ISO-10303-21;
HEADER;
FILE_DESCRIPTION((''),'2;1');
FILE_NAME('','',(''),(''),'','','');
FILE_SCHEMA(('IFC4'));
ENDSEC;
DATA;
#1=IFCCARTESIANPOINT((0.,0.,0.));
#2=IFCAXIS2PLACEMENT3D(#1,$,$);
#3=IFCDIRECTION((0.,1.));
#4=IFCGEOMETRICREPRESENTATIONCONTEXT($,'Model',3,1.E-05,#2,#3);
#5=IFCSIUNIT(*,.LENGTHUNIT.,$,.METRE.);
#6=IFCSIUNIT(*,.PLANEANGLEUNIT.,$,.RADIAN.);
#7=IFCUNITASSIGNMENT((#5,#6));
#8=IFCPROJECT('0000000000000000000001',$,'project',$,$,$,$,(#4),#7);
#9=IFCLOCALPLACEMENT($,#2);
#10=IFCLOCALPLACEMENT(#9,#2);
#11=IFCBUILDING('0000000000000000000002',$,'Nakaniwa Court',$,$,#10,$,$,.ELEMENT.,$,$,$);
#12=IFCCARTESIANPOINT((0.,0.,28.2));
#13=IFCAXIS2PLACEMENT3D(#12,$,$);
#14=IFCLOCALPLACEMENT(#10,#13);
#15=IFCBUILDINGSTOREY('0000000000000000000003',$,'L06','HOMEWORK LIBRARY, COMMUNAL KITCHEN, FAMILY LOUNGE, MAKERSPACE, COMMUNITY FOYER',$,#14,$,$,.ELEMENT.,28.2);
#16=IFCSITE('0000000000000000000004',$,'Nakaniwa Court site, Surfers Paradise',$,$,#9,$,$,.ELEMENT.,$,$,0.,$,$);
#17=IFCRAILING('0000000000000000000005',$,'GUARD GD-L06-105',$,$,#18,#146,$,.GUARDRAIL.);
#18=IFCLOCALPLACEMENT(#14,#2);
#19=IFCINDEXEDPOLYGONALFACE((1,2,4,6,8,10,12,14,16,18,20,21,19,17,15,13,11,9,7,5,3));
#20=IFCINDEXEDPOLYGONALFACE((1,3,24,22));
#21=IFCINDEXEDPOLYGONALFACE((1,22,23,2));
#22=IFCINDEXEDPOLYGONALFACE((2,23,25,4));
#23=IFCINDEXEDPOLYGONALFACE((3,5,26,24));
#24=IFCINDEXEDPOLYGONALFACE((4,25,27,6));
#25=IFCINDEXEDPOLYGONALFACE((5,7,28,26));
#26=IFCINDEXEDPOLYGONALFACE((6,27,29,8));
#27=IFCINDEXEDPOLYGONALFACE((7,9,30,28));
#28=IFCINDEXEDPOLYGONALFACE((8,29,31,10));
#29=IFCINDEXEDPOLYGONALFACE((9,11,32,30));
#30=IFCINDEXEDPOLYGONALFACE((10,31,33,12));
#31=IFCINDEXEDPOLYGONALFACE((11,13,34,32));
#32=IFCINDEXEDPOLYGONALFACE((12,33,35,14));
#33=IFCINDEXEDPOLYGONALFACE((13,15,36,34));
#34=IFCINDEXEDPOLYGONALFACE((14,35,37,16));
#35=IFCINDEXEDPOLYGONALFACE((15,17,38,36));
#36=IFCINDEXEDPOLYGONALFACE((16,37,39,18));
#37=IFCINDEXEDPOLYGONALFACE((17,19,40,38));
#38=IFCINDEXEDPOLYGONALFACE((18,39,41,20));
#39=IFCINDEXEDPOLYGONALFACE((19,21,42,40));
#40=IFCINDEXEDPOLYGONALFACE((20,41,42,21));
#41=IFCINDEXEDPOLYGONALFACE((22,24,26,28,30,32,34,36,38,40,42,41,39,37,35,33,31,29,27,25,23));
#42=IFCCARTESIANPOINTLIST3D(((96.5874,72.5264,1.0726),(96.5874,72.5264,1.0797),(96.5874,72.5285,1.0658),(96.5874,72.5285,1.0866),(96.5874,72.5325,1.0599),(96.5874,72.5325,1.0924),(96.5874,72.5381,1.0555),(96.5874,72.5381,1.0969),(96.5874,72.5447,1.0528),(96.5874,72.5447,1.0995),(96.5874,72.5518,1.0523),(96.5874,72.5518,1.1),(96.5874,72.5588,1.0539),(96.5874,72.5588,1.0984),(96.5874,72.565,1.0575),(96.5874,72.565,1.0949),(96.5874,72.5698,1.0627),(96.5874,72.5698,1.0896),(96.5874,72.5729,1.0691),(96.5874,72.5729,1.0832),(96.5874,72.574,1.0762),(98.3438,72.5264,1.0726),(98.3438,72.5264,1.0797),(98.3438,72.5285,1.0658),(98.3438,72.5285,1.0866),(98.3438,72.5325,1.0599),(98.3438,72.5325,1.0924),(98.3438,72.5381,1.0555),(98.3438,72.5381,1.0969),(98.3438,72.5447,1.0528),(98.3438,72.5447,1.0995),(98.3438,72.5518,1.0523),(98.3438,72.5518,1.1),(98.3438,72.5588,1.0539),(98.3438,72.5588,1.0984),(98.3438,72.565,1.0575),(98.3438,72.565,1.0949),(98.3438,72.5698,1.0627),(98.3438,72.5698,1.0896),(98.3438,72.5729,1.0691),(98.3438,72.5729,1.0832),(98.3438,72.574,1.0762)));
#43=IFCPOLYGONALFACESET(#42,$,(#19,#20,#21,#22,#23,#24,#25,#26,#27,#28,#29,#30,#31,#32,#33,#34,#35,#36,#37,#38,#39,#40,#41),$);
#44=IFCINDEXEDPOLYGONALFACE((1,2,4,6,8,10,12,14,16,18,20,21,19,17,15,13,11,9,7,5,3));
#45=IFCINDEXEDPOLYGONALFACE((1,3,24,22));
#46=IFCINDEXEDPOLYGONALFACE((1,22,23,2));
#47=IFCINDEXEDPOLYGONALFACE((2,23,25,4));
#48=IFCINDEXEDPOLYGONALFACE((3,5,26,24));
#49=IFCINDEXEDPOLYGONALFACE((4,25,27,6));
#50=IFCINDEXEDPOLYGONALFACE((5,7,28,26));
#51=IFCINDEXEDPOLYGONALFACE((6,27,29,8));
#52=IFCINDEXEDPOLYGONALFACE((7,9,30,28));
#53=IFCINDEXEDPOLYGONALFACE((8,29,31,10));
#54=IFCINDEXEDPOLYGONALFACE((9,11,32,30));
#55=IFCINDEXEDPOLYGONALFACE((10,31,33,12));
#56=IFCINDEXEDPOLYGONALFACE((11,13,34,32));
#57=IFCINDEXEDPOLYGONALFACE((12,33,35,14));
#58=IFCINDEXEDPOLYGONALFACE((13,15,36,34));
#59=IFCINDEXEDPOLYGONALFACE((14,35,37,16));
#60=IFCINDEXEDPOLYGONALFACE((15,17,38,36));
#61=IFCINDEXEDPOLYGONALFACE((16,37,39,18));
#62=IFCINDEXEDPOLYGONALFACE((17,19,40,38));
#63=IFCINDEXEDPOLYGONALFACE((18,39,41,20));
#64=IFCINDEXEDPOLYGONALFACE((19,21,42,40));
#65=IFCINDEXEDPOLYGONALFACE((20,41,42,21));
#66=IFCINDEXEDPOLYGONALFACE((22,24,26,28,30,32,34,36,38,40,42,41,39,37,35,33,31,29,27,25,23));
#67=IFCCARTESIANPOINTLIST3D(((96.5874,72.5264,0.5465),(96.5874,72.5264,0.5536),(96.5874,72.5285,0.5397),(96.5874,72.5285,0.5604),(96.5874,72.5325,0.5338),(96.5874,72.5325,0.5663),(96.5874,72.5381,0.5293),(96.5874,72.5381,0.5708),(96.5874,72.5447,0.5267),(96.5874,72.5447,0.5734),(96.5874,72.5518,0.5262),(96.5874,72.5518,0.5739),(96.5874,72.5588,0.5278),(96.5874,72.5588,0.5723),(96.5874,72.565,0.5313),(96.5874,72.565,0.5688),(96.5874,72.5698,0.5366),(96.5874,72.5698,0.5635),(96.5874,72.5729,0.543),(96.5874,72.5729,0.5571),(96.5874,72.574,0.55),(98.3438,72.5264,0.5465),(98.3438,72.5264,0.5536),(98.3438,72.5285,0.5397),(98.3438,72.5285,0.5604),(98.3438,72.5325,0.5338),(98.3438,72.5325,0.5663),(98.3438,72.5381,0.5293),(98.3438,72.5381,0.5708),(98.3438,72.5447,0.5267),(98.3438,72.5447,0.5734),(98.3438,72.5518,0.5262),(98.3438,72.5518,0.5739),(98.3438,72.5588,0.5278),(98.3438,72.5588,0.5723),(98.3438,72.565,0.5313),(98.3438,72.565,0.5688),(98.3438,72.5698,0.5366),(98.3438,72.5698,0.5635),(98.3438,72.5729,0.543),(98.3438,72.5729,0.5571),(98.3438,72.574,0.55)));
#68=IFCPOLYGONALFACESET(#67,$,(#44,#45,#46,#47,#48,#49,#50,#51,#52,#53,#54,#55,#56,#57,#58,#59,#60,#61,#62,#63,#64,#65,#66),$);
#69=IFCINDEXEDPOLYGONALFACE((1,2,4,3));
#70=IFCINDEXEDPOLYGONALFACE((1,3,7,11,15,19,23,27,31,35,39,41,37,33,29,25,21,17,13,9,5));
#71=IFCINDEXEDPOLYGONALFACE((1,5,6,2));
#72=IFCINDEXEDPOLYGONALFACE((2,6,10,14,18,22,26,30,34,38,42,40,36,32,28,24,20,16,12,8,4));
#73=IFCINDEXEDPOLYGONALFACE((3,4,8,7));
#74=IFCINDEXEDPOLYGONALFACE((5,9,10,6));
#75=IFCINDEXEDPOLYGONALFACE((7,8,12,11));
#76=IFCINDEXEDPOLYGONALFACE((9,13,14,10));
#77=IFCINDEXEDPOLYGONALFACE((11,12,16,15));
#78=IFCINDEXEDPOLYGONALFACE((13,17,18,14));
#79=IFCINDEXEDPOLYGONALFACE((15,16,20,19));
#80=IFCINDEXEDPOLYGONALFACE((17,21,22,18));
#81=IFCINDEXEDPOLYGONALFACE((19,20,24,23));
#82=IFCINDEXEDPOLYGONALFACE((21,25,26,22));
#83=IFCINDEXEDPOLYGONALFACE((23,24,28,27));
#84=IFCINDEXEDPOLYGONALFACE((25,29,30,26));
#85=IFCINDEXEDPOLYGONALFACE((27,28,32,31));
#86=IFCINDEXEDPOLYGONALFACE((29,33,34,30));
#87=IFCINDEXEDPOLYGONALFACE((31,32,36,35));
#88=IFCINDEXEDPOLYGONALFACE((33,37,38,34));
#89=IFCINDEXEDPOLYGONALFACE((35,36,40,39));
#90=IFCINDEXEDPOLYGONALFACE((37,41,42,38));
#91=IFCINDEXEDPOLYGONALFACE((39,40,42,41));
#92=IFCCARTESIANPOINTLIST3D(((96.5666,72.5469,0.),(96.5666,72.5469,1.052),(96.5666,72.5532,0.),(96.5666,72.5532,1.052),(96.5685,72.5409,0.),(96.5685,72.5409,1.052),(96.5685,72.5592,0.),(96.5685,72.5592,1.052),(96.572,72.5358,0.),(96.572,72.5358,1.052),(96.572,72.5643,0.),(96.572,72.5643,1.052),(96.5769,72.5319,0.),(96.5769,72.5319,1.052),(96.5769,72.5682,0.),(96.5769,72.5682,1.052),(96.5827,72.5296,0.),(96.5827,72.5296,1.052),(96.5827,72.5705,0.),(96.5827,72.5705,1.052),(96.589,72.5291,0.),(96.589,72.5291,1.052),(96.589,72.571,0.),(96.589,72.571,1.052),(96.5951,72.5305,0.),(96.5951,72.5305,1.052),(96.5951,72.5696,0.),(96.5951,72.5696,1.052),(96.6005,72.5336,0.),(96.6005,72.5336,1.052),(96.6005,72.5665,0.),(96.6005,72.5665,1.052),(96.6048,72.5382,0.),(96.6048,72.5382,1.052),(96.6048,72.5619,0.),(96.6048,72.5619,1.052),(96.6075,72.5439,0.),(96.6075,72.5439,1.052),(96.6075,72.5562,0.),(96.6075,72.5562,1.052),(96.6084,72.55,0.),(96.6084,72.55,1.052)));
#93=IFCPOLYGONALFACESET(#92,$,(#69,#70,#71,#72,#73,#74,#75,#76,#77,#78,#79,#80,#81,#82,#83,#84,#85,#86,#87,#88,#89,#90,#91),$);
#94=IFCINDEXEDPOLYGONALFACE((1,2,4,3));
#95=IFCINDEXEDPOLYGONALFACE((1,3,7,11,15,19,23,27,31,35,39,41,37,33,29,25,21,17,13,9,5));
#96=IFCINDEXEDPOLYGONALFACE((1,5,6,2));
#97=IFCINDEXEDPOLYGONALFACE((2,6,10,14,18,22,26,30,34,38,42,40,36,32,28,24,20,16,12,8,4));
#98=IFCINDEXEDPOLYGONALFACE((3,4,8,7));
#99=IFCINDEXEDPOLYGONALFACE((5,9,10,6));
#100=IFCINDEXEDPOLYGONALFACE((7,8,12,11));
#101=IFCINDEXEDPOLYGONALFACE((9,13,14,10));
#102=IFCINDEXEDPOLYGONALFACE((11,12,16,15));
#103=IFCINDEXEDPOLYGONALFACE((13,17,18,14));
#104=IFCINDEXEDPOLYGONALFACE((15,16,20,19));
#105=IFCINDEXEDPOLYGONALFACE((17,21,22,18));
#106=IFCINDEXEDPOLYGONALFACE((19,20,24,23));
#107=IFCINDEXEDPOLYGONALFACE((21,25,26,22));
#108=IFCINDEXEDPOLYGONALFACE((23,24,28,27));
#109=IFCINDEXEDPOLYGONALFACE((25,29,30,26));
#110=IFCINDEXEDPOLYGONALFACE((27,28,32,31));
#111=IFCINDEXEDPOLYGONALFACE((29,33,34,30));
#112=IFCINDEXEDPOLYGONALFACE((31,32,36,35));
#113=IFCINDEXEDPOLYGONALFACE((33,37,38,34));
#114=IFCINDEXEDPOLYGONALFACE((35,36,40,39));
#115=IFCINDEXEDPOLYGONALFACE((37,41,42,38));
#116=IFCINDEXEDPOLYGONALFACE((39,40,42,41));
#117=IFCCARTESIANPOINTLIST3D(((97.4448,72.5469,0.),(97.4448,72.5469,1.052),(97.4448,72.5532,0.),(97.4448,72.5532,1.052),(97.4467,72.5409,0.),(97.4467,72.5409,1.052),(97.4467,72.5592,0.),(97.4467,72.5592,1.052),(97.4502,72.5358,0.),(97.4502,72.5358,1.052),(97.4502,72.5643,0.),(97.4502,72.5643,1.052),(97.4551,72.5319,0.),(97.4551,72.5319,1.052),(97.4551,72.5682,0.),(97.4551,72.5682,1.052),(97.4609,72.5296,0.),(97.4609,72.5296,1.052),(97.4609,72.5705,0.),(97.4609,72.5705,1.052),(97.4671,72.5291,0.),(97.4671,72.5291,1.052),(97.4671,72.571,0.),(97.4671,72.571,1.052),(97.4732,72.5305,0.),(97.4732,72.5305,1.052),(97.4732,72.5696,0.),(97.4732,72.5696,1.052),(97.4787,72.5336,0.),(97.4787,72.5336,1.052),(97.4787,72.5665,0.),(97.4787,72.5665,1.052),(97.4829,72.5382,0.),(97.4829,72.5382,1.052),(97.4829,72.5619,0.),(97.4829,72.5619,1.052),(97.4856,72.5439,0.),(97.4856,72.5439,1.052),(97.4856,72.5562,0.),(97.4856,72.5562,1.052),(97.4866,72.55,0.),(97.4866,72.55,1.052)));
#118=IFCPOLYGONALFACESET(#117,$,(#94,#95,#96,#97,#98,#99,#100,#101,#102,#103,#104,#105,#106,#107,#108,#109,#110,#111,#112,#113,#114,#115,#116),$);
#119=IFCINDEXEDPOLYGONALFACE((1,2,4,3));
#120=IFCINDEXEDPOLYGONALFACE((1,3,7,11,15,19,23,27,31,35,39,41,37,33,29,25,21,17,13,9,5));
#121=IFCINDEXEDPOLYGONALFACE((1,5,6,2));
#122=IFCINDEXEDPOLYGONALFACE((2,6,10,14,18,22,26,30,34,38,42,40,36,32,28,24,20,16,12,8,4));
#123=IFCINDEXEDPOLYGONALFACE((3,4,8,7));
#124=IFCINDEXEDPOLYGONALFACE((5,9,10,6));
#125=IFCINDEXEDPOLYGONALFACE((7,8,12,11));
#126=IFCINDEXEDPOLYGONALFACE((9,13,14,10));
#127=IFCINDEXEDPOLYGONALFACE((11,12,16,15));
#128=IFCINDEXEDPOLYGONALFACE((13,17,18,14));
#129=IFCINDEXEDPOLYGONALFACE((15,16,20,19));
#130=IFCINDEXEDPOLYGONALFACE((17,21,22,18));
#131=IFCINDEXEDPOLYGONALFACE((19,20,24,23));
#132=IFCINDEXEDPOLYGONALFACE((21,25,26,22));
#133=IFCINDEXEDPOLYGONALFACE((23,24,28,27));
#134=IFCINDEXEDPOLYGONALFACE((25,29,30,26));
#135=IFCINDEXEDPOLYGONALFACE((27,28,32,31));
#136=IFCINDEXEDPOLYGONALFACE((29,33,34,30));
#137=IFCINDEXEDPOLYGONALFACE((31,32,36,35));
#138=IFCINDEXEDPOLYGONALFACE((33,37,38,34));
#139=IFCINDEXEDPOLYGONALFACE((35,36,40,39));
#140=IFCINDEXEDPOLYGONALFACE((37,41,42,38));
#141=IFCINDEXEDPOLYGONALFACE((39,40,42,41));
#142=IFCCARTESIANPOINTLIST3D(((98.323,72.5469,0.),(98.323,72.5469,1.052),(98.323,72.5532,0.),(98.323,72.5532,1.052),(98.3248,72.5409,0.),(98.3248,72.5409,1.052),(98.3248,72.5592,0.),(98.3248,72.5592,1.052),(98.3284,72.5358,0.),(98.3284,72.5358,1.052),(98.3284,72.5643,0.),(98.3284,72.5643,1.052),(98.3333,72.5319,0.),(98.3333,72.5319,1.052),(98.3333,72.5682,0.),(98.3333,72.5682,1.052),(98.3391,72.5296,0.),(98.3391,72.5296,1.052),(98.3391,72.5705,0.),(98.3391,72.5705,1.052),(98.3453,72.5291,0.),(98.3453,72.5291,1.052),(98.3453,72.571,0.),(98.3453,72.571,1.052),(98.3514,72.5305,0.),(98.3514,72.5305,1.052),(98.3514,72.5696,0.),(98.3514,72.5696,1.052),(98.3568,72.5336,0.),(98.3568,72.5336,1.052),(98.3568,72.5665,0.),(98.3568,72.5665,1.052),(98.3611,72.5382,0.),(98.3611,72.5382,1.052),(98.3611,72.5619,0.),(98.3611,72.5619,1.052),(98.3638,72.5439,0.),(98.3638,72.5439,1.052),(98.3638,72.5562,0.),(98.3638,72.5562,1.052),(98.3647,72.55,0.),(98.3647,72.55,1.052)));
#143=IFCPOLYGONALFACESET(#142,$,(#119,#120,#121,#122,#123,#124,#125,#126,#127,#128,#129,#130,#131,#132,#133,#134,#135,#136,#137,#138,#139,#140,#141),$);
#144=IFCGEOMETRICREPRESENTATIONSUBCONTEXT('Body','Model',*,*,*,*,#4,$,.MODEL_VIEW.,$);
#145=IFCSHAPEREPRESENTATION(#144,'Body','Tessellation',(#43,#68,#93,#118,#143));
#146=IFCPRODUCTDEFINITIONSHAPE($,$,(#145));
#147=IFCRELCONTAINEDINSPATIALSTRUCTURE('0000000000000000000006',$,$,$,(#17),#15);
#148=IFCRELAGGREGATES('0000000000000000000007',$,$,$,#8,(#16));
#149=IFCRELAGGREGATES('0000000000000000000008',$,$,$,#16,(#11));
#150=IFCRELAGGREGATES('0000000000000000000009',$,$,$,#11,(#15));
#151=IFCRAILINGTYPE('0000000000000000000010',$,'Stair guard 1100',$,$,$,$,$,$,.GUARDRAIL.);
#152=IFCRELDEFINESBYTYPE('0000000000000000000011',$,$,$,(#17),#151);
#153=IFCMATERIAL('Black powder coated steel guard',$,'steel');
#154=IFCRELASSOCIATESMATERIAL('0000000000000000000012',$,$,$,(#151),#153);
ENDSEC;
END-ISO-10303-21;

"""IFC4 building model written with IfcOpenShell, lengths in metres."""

from ifc_helpers import new_model, si_unit, direction, frame, origin, origin_2d, place, context, subcontext, project, spatial, circle, extrude, material, type_object, element, save


model = new_model("IFC4")

# Units and contexts
model_context = context("Model", 3, precision=1e-05, world=origin(), true_north=direction((0.0, 1.0)))
body_context = subcontext(model_context, "Body", "Model", "MODEL_VIEW")
ifc_project = project(units=[si_unit("LENGTHUNIT", "METRE"), si_unit("PLANEANGLEUNIT", "RADIAN")], contexts=[model_context])

# Site, building, storey
site_placement = place(None, origin())
site = spatial("IfcSite", under=ifc_project, at=site_placement, Name="Nakaniwa Court site, Surfers Paradise", CompositionType="ELEMENT", RefElevation=0.0)
building_placement = place(site_placement, origin())
building = spatial("IfcBuilding", under=site, at=building_placement, Name="Nakaniwa Court", CompositionType="ELEMENT")
storey_placement = place(building_placement, frame((0.0, 0.0, 28.2)))
storey = spatial("IfcBuildingStorey", under=building, at=storey_placement, Name="L06", Description="HOMEWORK LIBRARY, COMMUNAL KITCHEN, FAMILY LOUNGE, MAKERSPACE, COMMUNITY FOYER", CompositionType="ELEMENT", Elevation=28.2)

# Railing
ifc_material_1 = material(Name="Black powder coated steel guard", Category="steel")
railing_type_1 = type_object("IfcRailingType", Name="Stair guard 1100", PredefinedType="GUARDRAIL", material=ifc_material_1)
railing_1_placement = place(storey_placement, frame((96.5874, 72.55, 0.0)))
element("IfcRailing", 1, at=railing_1_placement, inside=storey, type_object=railing_type_1, Name="GUARD GD-L06-105", PredefinedType="GUARDRAIL", context=body_context, shape_type="SweptSolid", body=[
    extrude(circle(Radius=0.0239, at=origin_2d()), frame((0.0, 0.0, 1.0762), z_axis=(1.0, 0.0, 0.0), x_axis=(0.0, 1.0, 0.0)), (0.0, 0.0, 1.0), 1.7563),
    extrude(circle(Radius=0.0239, at=origin_2d()), frame((0.0, 0.0, 0.55), z_axis=(1.0, 0.0, 0.0), x_axis=(0.0, 1.0, 0.0)), (0.0, 0.0, 1.0), 1.7563),
    extrude(circle(Radius=0.021, at=origin_2d()), origin(), (0.0, 0.0, 1.0), 1.052),
    extrude(circle(Radius=0.021, at=origin_2d()), frame((0.8782, 0.0, 0.0)), (0.0, 0.0, 1.0), 1.052),
    extrude(circle(Radius=0.021, at=origin_2d()), frame((1.7563, 0.0, 0.0)), (0.0, 0.0, 1.0), 1.052),
])

save(model, "model.ifc")
